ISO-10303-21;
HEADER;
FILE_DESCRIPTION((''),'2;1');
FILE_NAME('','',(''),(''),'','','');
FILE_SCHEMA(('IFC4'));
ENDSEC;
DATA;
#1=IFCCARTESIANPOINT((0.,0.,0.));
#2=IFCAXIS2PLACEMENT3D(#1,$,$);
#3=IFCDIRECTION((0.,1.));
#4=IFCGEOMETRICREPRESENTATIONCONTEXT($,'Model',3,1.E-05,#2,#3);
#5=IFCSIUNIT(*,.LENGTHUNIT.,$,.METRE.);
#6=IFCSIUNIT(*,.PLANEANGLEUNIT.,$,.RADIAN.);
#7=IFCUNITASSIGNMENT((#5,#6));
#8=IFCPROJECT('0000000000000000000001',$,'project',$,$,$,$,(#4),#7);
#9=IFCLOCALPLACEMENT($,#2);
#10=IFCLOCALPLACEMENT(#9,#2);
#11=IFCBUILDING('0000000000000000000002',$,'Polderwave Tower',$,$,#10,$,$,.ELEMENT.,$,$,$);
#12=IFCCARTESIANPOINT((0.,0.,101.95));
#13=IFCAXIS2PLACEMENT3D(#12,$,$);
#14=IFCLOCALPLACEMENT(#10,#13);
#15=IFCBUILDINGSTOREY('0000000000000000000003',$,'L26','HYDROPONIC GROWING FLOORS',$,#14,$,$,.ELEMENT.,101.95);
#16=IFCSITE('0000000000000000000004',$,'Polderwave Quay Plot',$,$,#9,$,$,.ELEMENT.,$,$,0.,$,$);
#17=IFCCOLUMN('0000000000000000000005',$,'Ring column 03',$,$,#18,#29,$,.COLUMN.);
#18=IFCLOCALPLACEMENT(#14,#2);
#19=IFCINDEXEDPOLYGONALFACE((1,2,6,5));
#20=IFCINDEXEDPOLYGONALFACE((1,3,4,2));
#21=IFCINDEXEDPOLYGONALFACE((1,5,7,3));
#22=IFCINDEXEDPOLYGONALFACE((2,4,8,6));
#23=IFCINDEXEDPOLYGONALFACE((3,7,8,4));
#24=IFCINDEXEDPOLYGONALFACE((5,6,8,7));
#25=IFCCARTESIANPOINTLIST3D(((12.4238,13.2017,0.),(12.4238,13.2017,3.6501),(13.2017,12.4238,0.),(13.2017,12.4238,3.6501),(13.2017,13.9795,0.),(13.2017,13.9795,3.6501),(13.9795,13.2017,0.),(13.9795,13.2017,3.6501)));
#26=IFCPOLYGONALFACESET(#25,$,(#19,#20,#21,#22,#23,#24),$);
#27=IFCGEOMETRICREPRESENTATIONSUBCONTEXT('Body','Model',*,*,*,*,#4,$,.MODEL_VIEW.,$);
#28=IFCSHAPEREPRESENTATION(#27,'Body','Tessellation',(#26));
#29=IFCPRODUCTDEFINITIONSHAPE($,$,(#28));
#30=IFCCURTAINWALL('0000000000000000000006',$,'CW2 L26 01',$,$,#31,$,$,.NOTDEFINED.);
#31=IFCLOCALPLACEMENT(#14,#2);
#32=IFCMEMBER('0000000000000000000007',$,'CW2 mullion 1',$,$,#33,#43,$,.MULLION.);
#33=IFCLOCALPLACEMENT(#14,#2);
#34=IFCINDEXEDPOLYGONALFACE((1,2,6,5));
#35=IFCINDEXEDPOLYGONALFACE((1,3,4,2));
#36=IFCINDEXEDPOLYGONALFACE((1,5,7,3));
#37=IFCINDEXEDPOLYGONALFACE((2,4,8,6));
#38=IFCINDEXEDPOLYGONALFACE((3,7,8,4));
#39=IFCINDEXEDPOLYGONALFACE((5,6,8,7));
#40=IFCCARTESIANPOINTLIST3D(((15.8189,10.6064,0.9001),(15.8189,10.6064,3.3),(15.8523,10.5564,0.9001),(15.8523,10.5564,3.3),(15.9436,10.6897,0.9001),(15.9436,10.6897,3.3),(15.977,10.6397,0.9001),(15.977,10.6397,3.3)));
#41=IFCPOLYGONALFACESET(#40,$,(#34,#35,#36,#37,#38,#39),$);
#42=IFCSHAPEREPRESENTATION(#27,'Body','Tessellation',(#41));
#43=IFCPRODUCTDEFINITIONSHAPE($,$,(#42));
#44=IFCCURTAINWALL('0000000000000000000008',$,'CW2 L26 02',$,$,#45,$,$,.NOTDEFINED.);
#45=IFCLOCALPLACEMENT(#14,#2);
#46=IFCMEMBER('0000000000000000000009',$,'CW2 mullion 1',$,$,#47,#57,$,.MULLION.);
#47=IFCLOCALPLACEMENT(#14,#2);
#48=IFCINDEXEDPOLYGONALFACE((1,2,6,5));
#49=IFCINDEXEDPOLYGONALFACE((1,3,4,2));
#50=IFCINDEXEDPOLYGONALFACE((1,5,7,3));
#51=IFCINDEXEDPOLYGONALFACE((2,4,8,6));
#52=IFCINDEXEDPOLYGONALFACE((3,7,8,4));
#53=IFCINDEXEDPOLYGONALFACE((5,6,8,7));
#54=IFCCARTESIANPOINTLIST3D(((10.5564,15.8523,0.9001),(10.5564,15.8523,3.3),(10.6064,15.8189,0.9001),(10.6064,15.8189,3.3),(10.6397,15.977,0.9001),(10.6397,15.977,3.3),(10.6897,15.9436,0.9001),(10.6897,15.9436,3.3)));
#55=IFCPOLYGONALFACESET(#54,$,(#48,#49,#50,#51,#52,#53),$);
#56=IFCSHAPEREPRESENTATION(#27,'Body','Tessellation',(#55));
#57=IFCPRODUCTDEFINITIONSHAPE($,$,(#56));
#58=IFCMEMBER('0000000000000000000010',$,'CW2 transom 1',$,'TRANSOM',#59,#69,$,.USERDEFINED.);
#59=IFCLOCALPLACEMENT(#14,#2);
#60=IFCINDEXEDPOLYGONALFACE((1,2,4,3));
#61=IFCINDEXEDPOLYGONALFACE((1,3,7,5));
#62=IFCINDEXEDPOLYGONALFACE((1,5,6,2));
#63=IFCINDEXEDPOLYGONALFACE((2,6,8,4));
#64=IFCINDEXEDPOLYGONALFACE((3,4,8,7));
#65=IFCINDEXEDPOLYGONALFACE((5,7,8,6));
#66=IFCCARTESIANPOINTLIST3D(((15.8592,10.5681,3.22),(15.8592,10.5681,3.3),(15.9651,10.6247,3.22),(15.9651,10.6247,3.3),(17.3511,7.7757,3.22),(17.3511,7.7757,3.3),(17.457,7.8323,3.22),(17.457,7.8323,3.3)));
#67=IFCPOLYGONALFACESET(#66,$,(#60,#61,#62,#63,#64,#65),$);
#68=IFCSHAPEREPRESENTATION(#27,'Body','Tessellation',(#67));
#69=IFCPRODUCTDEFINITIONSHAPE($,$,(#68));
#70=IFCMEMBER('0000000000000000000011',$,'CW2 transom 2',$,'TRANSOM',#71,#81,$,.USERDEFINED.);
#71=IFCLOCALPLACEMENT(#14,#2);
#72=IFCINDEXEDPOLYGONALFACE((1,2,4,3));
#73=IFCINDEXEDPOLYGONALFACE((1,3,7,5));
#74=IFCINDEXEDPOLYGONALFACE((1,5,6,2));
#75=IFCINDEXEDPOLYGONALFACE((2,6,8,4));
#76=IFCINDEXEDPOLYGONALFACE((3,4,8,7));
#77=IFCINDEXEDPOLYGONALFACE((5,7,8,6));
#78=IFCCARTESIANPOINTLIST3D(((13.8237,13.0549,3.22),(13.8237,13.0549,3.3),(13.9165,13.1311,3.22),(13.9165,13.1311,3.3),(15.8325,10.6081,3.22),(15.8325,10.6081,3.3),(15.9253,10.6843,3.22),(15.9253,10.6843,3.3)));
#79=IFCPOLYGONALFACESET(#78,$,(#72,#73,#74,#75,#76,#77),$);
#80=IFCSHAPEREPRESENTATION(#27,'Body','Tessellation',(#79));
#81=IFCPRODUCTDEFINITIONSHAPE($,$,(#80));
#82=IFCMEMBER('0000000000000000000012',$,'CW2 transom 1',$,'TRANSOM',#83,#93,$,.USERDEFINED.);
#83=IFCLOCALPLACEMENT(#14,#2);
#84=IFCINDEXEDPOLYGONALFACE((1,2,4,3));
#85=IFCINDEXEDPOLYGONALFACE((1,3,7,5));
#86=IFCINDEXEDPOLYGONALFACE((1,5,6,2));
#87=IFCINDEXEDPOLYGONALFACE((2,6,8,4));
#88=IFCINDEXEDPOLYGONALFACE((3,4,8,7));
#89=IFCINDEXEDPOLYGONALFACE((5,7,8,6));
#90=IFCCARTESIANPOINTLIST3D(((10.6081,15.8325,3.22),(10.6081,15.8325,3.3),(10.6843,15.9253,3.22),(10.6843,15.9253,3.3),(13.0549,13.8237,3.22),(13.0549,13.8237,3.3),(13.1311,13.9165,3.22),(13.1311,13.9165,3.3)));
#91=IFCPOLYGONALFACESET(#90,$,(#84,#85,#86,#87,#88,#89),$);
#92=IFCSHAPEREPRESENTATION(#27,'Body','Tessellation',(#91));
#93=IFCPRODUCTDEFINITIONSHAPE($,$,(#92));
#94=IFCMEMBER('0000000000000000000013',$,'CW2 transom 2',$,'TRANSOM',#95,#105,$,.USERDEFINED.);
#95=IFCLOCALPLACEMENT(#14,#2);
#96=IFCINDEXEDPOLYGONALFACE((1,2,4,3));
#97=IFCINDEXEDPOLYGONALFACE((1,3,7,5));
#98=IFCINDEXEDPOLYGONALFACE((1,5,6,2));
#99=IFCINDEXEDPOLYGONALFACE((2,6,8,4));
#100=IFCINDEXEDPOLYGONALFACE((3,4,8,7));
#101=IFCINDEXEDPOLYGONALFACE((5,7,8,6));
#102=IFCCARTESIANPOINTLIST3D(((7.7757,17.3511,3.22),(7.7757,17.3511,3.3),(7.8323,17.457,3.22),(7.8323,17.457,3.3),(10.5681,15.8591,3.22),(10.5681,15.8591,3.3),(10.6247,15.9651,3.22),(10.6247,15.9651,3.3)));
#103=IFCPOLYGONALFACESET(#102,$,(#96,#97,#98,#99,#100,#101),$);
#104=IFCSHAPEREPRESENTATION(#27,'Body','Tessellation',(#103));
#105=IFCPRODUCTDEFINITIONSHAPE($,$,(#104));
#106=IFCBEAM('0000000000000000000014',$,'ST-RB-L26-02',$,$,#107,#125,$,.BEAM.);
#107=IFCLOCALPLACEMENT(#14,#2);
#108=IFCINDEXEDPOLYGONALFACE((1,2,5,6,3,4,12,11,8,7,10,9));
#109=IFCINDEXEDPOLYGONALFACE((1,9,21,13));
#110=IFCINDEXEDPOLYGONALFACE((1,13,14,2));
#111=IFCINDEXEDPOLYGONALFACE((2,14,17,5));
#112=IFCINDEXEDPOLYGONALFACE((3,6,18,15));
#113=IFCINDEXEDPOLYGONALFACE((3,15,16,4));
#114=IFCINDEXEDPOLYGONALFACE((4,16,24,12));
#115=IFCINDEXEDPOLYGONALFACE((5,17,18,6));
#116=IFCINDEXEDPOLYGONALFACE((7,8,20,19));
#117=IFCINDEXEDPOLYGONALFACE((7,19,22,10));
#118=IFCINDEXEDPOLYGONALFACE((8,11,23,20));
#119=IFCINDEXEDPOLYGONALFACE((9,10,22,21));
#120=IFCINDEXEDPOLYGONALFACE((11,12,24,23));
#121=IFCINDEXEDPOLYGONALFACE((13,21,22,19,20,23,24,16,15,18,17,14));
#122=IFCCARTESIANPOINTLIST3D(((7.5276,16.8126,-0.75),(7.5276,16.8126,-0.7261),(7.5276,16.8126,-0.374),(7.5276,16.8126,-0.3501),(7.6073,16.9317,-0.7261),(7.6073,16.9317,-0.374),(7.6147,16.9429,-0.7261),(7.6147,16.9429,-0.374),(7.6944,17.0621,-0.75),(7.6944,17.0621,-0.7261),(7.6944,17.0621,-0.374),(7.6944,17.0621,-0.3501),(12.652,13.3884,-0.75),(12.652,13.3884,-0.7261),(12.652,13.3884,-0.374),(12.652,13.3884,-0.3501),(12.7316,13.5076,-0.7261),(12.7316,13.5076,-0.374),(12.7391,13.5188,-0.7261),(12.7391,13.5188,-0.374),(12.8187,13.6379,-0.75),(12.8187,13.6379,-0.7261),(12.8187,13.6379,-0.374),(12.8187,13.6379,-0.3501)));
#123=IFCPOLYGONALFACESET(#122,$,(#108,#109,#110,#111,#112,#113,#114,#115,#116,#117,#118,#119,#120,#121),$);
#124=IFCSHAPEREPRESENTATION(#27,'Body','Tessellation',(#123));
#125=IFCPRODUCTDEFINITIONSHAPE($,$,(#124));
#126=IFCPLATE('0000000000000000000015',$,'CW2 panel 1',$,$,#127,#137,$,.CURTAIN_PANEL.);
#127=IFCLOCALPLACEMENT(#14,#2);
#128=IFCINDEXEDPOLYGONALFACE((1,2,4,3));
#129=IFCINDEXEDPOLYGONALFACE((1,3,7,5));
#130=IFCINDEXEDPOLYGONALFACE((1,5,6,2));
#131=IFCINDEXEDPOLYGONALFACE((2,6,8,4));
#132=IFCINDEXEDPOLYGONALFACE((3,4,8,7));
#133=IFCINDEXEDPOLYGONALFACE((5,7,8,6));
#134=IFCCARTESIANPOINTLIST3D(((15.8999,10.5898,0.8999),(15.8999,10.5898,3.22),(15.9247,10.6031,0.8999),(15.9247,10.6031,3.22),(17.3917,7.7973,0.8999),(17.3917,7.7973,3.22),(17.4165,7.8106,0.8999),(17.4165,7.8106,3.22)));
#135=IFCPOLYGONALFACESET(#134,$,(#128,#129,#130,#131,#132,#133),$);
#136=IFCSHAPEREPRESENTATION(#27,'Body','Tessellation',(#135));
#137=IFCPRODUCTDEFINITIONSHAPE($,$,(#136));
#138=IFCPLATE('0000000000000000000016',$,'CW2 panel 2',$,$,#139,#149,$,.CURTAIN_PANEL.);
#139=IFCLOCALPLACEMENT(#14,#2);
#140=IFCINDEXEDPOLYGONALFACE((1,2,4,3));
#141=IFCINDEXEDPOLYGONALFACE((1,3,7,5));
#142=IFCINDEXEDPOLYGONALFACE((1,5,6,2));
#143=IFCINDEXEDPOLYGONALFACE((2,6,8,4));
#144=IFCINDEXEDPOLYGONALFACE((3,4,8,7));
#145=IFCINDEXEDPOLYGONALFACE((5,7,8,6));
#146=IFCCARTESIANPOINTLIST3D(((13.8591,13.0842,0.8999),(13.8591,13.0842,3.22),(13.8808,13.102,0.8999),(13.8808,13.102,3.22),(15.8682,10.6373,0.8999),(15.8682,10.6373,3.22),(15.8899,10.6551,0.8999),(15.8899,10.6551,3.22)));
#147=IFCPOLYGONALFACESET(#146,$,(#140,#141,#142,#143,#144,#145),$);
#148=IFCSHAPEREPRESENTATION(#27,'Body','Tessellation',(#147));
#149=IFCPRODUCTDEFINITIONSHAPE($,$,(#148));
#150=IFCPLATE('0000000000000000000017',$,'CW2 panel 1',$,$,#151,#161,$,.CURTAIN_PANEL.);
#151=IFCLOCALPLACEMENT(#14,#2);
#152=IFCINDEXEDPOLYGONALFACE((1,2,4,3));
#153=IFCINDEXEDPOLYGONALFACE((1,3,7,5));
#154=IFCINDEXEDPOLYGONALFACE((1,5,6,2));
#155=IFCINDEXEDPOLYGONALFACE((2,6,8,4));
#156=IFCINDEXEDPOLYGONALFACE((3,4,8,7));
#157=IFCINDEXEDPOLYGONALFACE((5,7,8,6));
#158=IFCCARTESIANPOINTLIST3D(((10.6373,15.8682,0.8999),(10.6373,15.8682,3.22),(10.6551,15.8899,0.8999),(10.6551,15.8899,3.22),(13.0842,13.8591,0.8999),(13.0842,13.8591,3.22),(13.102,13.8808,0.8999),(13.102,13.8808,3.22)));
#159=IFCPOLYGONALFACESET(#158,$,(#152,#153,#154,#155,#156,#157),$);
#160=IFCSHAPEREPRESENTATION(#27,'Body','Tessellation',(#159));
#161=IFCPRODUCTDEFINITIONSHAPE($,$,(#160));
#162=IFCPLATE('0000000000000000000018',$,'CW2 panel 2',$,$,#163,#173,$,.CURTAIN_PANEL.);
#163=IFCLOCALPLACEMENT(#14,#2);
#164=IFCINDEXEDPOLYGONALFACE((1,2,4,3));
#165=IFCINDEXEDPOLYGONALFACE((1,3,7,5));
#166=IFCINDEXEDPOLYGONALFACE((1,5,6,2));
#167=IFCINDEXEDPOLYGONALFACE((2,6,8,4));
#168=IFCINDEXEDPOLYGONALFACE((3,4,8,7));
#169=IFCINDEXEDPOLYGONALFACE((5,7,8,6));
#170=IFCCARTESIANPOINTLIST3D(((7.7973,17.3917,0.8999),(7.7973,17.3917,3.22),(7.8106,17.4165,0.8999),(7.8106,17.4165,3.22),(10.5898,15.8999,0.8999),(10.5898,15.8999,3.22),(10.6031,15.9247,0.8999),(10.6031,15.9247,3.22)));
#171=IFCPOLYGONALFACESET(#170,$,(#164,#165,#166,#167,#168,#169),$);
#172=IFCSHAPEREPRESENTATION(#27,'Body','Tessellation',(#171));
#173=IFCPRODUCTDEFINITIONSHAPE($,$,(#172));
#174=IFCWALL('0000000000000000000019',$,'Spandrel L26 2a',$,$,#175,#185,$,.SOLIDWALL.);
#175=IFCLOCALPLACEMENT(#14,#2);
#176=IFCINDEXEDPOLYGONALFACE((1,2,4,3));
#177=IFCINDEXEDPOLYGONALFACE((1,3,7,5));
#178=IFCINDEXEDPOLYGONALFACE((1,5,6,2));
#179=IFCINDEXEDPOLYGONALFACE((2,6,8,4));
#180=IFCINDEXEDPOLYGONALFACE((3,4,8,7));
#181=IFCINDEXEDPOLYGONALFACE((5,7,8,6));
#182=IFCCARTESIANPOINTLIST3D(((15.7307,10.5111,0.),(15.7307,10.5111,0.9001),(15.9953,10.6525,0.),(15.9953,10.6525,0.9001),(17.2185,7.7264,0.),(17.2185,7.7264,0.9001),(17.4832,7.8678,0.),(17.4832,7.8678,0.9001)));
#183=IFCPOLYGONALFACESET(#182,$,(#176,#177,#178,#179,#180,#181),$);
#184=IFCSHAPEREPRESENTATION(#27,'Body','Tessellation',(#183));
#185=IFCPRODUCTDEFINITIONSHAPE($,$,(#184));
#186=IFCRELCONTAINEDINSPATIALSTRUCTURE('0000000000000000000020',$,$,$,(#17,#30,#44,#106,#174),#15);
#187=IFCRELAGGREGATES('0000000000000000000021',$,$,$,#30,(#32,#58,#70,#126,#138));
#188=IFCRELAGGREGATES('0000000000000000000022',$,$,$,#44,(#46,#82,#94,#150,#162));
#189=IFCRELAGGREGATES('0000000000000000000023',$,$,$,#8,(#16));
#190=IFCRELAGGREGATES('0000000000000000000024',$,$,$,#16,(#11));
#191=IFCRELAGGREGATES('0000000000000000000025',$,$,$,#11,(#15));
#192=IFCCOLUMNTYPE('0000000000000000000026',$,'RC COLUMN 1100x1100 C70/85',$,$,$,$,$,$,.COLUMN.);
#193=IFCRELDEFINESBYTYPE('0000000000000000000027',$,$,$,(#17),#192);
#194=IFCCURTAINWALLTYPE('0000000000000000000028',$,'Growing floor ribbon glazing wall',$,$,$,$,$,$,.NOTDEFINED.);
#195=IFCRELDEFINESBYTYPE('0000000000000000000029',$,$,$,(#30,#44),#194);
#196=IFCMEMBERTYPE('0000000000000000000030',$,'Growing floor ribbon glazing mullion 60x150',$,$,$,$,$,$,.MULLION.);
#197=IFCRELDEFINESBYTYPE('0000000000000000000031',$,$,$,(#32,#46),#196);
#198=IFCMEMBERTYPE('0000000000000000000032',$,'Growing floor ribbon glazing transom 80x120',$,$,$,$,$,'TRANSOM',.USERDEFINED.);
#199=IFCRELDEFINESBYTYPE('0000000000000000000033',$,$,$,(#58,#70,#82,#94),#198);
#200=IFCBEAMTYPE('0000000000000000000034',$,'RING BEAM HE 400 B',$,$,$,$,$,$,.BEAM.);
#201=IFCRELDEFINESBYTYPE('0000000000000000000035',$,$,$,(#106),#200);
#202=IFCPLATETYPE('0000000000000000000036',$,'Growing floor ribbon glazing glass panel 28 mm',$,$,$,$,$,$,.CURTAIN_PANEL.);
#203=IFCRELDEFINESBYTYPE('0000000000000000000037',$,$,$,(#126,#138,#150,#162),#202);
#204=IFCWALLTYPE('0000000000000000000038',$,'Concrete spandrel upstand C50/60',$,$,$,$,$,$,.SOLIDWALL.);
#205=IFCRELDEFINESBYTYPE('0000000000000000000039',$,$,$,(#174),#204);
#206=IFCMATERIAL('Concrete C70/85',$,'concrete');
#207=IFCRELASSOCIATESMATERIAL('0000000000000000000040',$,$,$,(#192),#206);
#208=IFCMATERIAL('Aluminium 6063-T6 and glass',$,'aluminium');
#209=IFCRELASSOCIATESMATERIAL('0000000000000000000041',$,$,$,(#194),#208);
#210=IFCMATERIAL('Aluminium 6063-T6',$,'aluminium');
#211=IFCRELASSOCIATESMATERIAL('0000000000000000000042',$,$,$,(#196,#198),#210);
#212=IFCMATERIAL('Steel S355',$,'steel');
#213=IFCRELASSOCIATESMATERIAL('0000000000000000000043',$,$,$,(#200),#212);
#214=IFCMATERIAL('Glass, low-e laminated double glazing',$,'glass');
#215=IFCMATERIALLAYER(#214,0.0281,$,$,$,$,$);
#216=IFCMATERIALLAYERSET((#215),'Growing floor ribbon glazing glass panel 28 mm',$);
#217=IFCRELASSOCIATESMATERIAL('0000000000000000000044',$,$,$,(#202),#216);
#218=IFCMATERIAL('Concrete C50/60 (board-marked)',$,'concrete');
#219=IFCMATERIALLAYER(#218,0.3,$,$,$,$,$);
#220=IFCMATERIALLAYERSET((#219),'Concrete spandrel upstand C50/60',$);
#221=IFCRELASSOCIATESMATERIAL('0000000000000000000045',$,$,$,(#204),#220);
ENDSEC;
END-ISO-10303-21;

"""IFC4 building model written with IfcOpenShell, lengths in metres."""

from ifc_helpers import new_model, si_unit, direction, frame, frame_2d, origin, origin_2d, place, context, subcontext, project, spatial, rectangle, i_section, extrude, material, layer, layer_set, material_profile, profile_set, type_object, element, aggregate, save


model = new_model("IFC4")

# Units and contexts
model_context = context("Model", 3, precision=1e-05, world=origin(), true_north=direction((0.0, 1.0)))
body_context = subcontext(model_context, "Body", "Model", "MODEL_VIEW")
ifc_project = project(units=[si_unit("LENGTHUNIT", "METRE"), si_unit("PLANEANGLEUNIT", "RADIAN")], contexts=[model_context])

# Site, building, storey
site_placement = place(None, origin())
site = spatial("IfcSite", under=ifc_project, at=site_placement, Name="Polderwave Quay Plot", CompositionType="ELEMENT", RefElevation=0.0)
building_placement = place(site_placement, origin())
building = spatial("IfcBuilding", under=site, at=building_placement, Name="Polderwave Tower", CompositionType="ELEMENT")
storey_placement = place(building_placement, frame((0.0, 0.0, 101.95)))
storey = spatial("IfcBuildingStorey", under=building, at=storey_placement, Name="L26", Description="HYDROPONIC GROWING FLOORS", CompositionType="ELEMENT", Elevation=101.95)

# Column
ifc_material_1 = material(Name="Concrete C70/85", Category="concrete")
ifc_material_profile_1 = material_profile(ifc_material_1, rectangle(XDim=1.1001, YDim=1.1001, at=origin_2d()), Name="RC 1100x1100")
ifc_profile_set_1 = profile_set([ifc_material_profile_1], Name="Concrete C70/85")
column_type = type_object("IfcColumnType", Name="RC COLUMN 1100x1100 C70/85", PredefinedType="COLUMN", material=ifc_profile_set_1)
column_placement = place(storey_placement, frame((13.2017, 13.2017, 0.0), z_axis=(0.0, 0.0, 1.0), x_axis=(0.707107, 0.707107, 0.0)))
element("IfcColumn", 1, at=column_placement, inside=storey, type_object=column_type, Name="Ring column 03", PredefinedType="COLUMN", context=body_context, shape_type="SweptSolid", body=[
    extrude(rectangle(XDim=1.1001, YDim=1.1001, at=origin_2d()), origin(), (0.0, 0.0, 1.0), 3.6501),
])

# Curtain walls, members
ifc_material_2 = material(Name="Aluminium 6063-T6 and glass", Category="aluminium")
curtain_wall_type = type_object("IfcCurtainWallType", Name="Growing floor ribbon glazing wall", PredefinedType="NOTDEFINED", material=ifc_material_2)
curtain_wall_1_placement = place(storey_placement, origin())
curtain_wall_1 = element("IfcCurtainWall", 2, at=curtain_wall_1_placement, inside=storey, type_object=curtain_wall_type, Name="CW2 L26 01", PredefinedType="NOTDEFINED")
ifc_material_3 = material(Name="Aluminium 6063-T6", Category="aluminium")
ifc_material_profile_2 = material_profile(ifc_material_3, rectangle(XDim=0.1499, YDim=0.0601, at=origin_2d()), Name="AL 60x150")
ifc_profile_set_2 = profile_set([ifc_material_profile_2], Name="Aluminium 6063-T6")
member_type_1 = type_object("IfcMemberType", Name="Growing floor ribbon glazing mullion 60x150", PredefinedType="MULLION", material=ifc_profile_set_2)
member_1_placement = place(storey_placement, frame((15.8979, 10.623, 0.9001), z_axis=(0.0, 0.0, 1.0), x_axis=(-0.831468, -0.555573, 0.0)))
member_1 = element("IfcMember", 3, at=member_1_placement, type_object=member_type_1, Name="CW2 mullion 1", PredefinedType="MULLION", context=body_context, shape_type="SweptSolid", body=[
    extrude(rectangle(XDim=0.1499, YDim=0.0601, at=origin_2d()), origin(), (0.0, 0.0, 1.0), 2.3999),
])
curtain_wall_2_placement = place(storey_placement, origin())
curtain_wall_2 = element("IfcCurtainWall", 4, at=curtain_wall_2_placement, inside=storey, type_object=curtain_wall_type, Name="CW2 L26 02", PredefinedType="NOTDEFINED")
member_2_placement = place(storey_placement, frame((10.623, 15.8979, 0.9001), z_axis=(0.0, 0.0, 1.0), x_axis=(-0.555573, -0.831468, 0.0)))
member_2 = element("IfcMember", 5, at=member_2_placement, type_object=member_type_1, Name="CW2 mullion 1", PredefinedType="MULLION", context=body_context, shape_type="SweptSolid", body=[
    extrude(rectangle(XDim=0.1499, YDim=0.0601, at=origin_2d()), origin(), (0.0, 0.0, 1.0), 2.3999),
])

# Members
ifc_material_profile_3 = material_profile(ifc_material_3, rectangle(XDim=0.1201, YDim=0.0801, at=origin_2d()), Name="AL 80x120")
ifc_profile_set_3 = profile_set([ifc_material_profile_3], Name="Aluminium 6063-T6")
member_type_2 = type_object("IfcMemberType", Name="Growing floor ribbon glazing transom 80x120", ElementType="TRANSOM", PredefinedType="USERDEFINED", material=ifc_profile_set_3)
member_3_placement = place(storey_placement, frame((17.4041, 7.804, 3.26), z_axis=(-0.471232, 0.882009, 0.0), x_axis=(-0.882009, -0.471232, 0.0)))
member_3 = element("IfcMember", 6, at=member_3_placement, type_object=member_type_2, Name="CW2 transom 1", ObjectType="TRANSOM", PredefinedType="USERDEFINED", context=body_context, shape_type="SweptSolid", body=[
    extrude(rectangle(XDim=0.1201, YDim=0.0801, at=origin_2d()), origin(), (0.0, 0.0, 1.0), 3.166),
])
member_4_placement = place(storey_placement, frame((15.8789, 10.6462, 3.26), z_axis=(-0.634539, 0.772891, 0.0), x_axis=(-0.772891, -0.634539, 0.0)))
member_4 = element("IfcMember", 7, at=member_4_placement, type_object=member_type_2, Name="CW2 transom 2", ObjectType="TRANSOM", PredefinedType="USERDEFINED", context=body_context, shape_type="SweptSolid", body=[
    extrude(rectangle(XDim=0.1201, YDim=0.0801, at=origin_2d()), origin(), (0.0, 0.0, 1.0), 3.1658),
])
member_5_placement = place(storey_placement, frame((13.093, 13.8701, 3.26), z_axis=(-0.772891, 0.634539, 0.0), x_axis=(-0.634539, -0.772891, 0.0)))
member_5 = element("IfcMember", 8, at=member_5_placement, type_object=member_type_2, Name="CW2 transom 1", ObjectType="TRANSOM", PredefinedType="USERDEFINED", context=body_context, shape_type="SweptSolid", body=[
    extrude(rectangle(XDim=0.1201, YDim=0.0801, at=origin_2d()), origin(), (0.0, 0.0, 1.0), 3.1658),
])
member_6_placement = place(storey_placement, frame((10.5964, 15.9121, 3.26), z_axis=(-0.882009, 0.471232, 0.0), x_axis=(-0.471232, -0.882009, 0.0)))
member_6 = element("IfcMember", 9, at=member_6_placement, type_object=member_type_2, Name="CW2 transom 2", ObjectType="TRANSOM", PredefinedType="USERDEFINED", context=body_context, shape_type="SweptSolid", body=[
    extrude(rectangle(XDim=0.1201, YDim=0.0801, at=origin_2d()), origin(), (0.0, 0.0, 1.0), 3.166),
])

# Beam
ifc_material_4 = material(Name="Steel S355", Category="steel")
ifc_material_profile_4 = material_profile(ifc_material_4, i_section(OverallWidth=0.3, OverallDepth=0.3999, WebThickness=0.0134, FlangeThickness=0.0239, at=origin_2d()), Name="HE 400 B")
ifc_profile_set_4 = profile_set([ifc_material_profile_4], Name="Steel S355")
beam_type = type_object("IfcBeamType", Name="RING BEAM HE 400 B", PredefinedType="BEAM", material=ifc_profile_set_4)
beam_placement = place(storey_placement, frame((12.7354, 13.5132, -0.55), z_axis=(-0.831459, 0.555587, 0.0), x_axis=(-0.555587, -0.831459, 0.0)))
element("IfcBeam", 10, at=beam_placement, inside=storey, type_object=beam_type, Name="ST-RB-L26-02", PredefinedType="BEAM", context=body_context, shape_type="SweptSolid", body=[
    extrude(i_section(OverallWidth=0.3, OverallDepth=0.3999, WebThickness=0.0134, FlangeThickness=0.0239, at=origin_2d()), origin(), (0.0, 0.0, 1.0), 6.1631),
])

# Plates
ifc_material_5 = material(Name="Glass, low-e laminated double glazing", Category="glass")
ifc_layer_1 = layer(ifc_material_5, 0.0281)
ifc_layer_set_1 = layer_set([ifc_layer_1], Name="Growing floor ribbon glazing glass panel 28 mm")
plate_type = type_object("IfcPlateType", Name="Growing floor ribbon glazing glass panel 28 mm", PredefinedType="CURTAIN_PANEL", material=ifc_layer_set_1)
plate_1_placement = place(storey_placement, frame((16.6582, 9.2002, 0.8999), z_axis=(0.0, 0.0, 1.0), x_axis=(-0.471206, 0.882023, 0.0)))
plate_1 = element("IfcPlate", 11, at=plate_1_placement, type_object=plate_type, Name="CW2 panel 1", PredefinedType="CURTAIN_PANEL", context=body_context, shape_type="SweptSolid", body=[
    extrude(rectangle(XDim=3.166, YDim=0.0281, at=origin_2d()), origin(), (0.0, 0.0, 1.0), 2.3201),
])
plate_2_placement = place(storey_placement, frame((14.8745, 11.8696, 0.8999), z_axis=(0.0, 0.0, 1.0), x_axis=(-0.634566, 0.772869, 0.0)))
plate_2 = element("IfcPlate", 12, at=plate_2_placement, type_object=plate_type, Name="CW2 panel 2", PredefinedType="CURTAIN_PANEL", context=body_context, shape_type="SweptSolid", body=[
    extrude(rectangle(XDim=3.166, YDim=0.0281, at=origin_2d()), origin(), (0.0, 0.0, 1.0), 2.3201),
])
aggregate(curtain_wall_1, [member_1, member_3, member_4, plate_1, plate_2])
plate_3_placement = place(storey_placement, frame((11.8696, 14.8745, 0.8999), z_axis=(0.0, 0.0, 1.0), x_axis=(-0.772869, 0.634566, 0.0)))
plate_3 = element("IfcPlate", 13, at=plate_3_placement, type_object=plate_type, Name="CW2 panel 1", PredefinedType="CURTAIN_PANEL", context=body_context, shape_type="SweptSolid", body=[
    extrude(rectangle(XDim=3.166, YDim=0.0281, at=origin_2d()), origin(), (0.0, 0.0, 1.0), 2.3201),
])
plate_4_placement = place(storey_placement, frame((9.2002, 16.6582, 0.8999), z_axis=(0.0, 0.0, 1.0), x_axis=(-0.882023, 0.471206, 0.0)))
plate_4 = element("IfcPlate", 14, at=plate_4_placement, type_object=plate_type, Name="CW2 panel 2", PredefinedType="CURTAIN_PANEL", context=body_context, shape_type="SweptSolid", body=[
    extrude(rectangle(XDim=3.166, YDim=0.0281, at=origin_2d()), origin(), (0.0, 0.0, 1.0), 2.3201),
])
aggregate(curtain_wall_2, [member_2, member_5, member_6, plate_3, plate_4])

# Wall
ifc_material_6 = material(Name="Concrete C50/60 (board-marked)", Category="concrete")
ifc_layer_2 = layer(ifc_material_6, 0.3)
ifc_layer_set_2 = layer_set([ifc_layer_2], Name="Concrete spandrel upstand C50/60")
wall_type_1 = type_object("IfcWallType", Name="Concrete spandrel upstand C50/60", PredefinedType="SOLIDWALL", material=ifc_layer_set_2)
for number, where, z_axis, x_axis, name in (
    (15, (17.3508, 7.7971, 0.0), (0.0, 0.0, 1.0), (-0.471238, 0.882006, 0.0), "Spandrel L26 2a"),
):
    element("IfcWall", number, at=place(storey_placement, frame(where, z_axis=z_axis, x_axis=x_axis)), inside=storey, type_object=wall_type_1, Name=name, PredefinedType="SOLIDWALL", context=body_context, shape_type="SweptSolid", body=[
        extrude(rectangle(XDim=3.1572, YDim=0.3, at=frame_2d((1.5786, 0.0))), origin(), (0.0, 0.0, 1.0), 0.9001),
    ])

save(model, "model.ifc")
